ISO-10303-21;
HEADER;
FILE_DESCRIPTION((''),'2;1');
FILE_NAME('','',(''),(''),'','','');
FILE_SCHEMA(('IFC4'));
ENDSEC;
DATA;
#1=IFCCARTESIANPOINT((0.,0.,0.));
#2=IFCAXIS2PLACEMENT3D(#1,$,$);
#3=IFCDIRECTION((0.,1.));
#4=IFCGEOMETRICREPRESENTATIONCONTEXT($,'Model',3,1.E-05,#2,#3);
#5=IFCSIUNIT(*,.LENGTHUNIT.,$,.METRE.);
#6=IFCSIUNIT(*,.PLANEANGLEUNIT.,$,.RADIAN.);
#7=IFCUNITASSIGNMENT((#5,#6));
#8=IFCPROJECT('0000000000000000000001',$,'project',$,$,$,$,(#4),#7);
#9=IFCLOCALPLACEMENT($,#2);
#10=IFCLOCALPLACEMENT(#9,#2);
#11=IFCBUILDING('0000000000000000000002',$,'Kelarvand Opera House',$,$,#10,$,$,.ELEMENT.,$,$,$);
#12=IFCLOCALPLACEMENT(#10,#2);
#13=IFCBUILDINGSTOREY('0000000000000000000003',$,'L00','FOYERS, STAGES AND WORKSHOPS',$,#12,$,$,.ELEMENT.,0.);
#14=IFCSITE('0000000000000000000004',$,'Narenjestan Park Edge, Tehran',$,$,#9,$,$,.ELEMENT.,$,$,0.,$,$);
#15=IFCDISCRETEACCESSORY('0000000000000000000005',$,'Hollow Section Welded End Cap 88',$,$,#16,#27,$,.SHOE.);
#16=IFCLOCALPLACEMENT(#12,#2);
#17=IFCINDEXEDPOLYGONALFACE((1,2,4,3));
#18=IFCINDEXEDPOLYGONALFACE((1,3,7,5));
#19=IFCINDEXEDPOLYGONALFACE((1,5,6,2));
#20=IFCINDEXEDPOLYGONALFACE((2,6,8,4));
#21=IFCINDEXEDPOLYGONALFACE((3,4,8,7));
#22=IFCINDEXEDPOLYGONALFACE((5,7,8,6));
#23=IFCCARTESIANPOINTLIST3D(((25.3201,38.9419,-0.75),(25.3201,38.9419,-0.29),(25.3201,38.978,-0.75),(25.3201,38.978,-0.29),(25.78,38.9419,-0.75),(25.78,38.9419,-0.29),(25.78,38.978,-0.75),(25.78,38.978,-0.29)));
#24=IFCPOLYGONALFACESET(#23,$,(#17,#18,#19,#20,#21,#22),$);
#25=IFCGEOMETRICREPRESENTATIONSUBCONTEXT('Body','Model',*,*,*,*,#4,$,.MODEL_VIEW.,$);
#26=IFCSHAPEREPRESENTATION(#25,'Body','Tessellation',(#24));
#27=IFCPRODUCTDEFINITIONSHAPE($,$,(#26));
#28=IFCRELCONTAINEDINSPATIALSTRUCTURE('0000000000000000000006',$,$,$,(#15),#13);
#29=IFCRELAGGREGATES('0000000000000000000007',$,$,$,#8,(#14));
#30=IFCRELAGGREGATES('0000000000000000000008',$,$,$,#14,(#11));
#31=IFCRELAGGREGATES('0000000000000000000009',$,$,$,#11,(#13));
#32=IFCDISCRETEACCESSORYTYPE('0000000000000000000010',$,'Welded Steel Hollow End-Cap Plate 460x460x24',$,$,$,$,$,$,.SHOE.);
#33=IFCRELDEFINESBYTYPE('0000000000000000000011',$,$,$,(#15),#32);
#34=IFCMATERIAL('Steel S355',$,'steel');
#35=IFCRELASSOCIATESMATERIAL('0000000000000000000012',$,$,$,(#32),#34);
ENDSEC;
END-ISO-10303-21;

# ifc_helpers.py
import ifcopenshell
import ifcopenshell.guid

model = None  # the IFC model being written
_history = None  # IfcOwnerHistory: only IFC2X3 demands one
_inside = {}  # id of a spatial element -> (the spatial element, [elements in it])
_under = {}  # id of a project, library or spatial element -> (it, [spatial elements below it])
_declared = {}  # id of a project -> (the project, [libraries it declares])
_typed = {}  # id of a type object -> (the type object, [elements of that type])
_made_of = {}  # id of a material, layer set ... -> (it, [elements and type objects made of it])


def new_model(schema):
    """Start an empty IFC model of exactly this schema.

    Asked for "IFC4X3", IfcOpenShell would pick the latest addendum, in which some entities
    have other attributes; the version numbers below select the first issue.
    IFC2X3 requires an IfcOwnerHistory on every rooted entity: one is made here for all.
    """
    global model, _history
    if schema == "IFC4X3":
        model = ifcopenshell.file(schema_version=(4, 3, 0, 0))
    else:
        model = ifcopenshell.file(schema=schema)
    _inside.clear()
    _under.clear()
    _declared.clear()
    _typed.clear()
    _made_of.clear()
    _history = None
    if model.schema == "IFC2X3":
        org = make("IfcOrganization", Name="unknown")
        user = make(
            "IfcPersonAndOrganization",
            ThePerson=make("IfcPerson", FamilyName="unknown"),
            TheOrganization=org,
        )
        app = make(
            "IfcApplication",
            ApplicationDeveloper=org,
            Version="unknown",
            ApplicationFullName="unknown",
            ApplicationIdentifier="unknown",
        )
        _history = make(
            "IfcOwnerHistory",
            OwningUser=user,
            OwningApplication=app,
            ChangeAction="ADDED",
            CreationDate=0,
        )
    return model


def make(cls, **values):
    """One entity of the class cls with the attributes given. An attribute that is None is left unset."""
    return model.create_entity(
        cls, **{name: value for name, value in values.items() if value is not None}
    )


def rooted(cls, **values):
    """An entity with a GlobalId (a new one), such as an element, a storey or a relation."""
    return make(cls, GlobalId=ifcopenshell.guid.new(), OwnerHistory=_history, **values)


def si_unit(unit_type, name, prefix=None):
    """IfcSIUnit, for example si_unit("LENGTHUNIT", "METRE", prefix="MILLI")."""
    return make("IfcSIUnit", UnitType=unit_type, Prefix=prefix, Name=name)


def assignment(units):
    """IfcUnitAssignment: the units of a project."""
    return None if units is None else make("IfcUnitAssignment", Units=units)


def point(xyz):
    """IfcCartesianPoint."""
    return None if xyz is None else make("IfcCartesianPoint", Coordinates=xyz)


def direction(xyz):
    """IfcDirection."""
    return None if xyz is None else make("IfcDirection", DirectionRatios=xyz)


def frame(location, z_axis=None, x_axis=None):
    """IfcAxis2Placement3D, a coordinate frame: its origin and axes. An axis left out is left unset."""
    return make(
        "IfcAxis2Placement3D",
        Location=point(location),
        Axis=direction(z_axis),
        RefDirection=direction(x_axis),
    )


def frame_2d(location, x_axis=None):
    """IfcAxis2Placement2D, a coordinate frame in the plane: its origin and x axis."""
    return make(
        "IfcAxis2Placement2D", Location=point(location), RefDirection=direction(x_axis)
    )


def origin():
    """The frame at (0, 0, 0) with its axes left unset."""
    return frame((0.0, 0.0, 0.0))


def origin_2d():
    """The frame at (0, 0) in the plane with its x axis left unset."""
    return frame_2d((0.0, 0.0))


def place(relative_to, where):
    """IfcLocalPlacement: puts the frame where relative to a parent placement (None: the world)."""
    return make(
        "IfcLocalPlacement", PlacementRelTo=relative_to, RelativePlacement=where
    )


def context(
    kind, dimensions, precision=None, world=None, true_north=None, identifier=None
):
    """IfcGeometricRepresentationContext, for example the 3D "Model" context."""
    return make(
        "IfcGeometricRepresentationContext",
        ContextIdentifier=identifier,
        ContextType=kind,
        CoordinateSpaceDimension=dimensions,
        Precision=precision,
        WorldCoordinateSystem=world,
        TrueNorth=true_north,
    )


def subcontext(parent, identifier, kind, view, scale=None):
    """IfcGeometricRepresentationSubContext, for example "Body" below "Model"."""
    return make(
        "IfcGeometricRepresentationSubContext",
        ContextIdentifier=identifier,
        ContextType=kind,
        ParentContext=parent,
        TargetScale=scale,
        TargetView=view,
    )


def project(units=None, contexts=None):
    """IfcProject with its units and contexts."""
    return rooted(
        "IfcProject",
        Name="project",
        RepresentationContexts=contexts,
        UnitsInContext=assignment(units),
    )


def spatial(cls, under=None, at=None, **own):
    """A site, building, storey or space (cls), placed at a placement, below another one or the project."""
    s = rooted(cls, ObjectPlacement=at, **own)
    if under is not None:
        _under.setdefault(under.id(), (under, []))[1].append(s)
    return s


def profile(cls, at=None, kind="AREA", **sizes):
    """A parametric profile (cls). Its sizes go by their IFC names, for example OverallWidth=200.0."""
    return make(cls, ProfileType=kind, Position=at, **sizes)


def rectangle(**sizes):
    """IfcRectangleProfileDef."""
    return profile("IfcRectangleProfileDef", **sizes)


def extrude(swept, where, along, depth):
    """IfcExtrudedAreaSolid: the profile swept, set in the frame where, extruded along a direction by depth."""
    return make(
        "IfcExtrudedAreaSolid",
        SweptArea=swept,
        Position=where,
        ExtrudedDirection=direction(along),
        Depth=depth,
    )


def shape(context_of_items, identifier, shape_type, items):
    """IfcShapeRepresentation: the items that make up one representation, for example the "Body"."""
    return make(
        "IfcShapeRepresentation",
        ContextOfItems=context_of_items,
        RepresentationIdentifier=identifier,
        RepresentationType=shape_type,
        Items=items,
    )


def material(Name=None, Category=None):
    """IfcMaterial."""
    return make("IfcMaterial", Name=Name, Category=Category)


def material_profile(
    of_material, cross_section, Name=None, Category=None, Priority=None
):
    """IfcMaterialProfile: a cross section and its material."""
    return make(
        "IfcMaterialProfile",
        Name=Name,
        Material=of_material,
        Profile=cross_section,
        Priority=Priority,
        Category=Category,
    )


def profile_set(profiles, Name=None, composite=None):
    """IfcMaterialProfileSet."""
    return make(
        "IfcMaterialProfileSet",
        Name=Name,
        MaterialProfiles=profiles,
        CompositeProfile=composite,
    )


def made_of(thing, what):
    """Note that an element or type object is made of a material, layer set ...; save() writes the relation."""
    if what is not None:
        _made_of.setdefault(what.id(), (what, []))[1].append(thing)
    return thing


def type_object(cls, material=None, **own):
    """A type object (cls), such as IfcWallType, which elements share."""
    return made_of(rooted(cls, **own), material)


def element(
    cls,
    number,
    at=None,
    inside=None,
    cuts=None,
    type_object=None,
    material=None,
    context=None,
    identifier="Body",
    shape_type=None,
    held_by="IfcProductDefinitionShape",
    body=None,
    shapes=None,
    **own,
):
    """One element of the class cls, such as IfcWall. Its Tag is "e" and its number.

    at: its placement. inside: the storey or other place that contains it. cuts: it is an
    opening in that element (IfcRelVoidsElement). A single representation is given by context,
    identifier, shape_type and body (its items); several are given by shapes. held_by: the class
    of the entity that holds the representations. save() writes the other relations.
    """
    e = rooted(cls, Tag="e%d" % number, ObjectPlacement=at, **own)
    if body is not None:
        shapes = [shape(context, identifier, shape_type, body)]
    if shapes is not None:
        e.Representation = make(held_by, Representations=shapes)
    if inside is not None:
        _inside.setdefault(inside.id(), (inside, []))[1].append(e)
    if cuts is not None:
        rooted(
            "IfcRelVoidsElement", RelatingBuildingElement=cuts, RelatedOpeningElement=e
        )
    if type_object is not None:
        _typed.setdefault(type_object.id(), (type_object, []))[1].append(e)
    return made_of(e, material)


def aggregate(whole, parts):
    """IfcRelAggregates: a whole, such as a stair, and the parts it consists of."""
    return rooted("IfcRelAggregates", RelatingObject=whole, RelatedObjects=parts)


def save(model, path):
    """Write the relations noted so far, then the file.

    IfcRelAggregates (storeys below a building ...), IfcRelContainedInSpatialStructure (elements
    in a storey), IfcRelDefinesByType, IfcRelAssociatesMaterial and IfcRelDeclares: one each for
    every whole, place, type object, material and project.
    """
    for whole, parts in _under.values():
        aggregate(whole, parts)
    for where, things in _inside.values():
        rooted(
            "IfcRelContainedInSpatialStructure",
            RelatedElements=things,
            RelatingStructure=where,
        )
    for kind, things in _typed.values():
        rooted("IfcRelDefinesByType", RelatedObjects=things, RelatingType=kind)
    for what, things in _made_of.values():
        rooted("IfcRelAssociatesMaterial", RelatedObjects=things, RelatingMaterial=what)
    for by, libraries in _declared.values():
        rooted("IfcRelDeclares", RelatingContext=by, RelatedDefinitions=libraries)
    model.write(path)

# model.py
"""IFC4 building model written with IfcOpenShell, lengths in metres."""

from ifc_helpers import new_model, si_unit, direction, frame, origin, origin_2d, place, context, subcontext, project, spatial, rectangle, extrude, material, material_profile, profile_set, type_object, element, save


model = new_model("IFC4")

# Units and contexts
model_context = context("Model", 3, precision=1e-05, world=origin(), true_north=direction((0.0, 1.0)))
body_context = subcontext(model_context, "Body", "Model", "MODEL_VIEW")
ifc_project = project(units=[si_unit("LENGTHUNIT", "METRE"), si_unit("PLANEANGLEUNIT", "RADIAN")], contexts=[model_context])

# Site, building, storey
site_placement = place(None, origin())
site = spatial("IfcSite", under=ifc_project, at=site_placement, Name="Narenjestan Park Edge, Tehran", CompositionType="ELEMENT", RefElevation=0.0)
building_placement = place(site_placement, origin())
building = spatial("IfcBuilding", under=site, at=building_placement, Name="Kelarvand Opera House", CompositionType="ELEMENT")
storey_placement = place(building_placement, origin())
storey = spatial("IfcBuildingStorey", under=building, at=storey_placement, Name="L00", Description="FOYERS, STAGES AND WORKSHOPS", CompositionType="ELEMENT", Elevation=0.0)

# Shared definitions
ifc_material_1 = material(Name="Steel S355", Category="steel")

# Discrete accessory
ifc_material_profile_1 = material_profile(ifc_material_1, rectangle(XDim=0.46, YDim=0.46, at=origin_2d()), Name="Welded Steel Hollow End-Cap Plate 460x460x24", Category="steel")
ifc_profile_set_1 = profile_set([ifc_material_profile_1], Name="Steel S355")
discrete_accessory_type_1 = type_object("IfcDiscreteAccessoryType", Name="Welded Steel Hollow End-Cap Plate 460x460x24", PredefinedType="SHOE", material=ifc_profile_set_1)
for number, where, z_axis, x_axis, name in (
    (1, (25.55, 38.9419, -0.52), (0.0, 1.0, 0.0), (-1.0, 0.0, 0.0), "Hollow Section Welded End Cap 88"),
):
    element("IfcDiscreteAccessory", number, at=place(storey_placement, frame(where, z_axis=z_axis, x_axis=x_axis)), inside=storey, type_object=discrete_accessory_type_1, Name=name, PredefinedType="SHOE", context=body_context, shape_type="SweptSolid", body=[
        extrude(rectangle(XDim=0.46, YDim=0.46, at=origin_2d()), origin(), (0.0, 0.0, 1.0), 0.0361),
    ])

save(model, "model.ifc")
